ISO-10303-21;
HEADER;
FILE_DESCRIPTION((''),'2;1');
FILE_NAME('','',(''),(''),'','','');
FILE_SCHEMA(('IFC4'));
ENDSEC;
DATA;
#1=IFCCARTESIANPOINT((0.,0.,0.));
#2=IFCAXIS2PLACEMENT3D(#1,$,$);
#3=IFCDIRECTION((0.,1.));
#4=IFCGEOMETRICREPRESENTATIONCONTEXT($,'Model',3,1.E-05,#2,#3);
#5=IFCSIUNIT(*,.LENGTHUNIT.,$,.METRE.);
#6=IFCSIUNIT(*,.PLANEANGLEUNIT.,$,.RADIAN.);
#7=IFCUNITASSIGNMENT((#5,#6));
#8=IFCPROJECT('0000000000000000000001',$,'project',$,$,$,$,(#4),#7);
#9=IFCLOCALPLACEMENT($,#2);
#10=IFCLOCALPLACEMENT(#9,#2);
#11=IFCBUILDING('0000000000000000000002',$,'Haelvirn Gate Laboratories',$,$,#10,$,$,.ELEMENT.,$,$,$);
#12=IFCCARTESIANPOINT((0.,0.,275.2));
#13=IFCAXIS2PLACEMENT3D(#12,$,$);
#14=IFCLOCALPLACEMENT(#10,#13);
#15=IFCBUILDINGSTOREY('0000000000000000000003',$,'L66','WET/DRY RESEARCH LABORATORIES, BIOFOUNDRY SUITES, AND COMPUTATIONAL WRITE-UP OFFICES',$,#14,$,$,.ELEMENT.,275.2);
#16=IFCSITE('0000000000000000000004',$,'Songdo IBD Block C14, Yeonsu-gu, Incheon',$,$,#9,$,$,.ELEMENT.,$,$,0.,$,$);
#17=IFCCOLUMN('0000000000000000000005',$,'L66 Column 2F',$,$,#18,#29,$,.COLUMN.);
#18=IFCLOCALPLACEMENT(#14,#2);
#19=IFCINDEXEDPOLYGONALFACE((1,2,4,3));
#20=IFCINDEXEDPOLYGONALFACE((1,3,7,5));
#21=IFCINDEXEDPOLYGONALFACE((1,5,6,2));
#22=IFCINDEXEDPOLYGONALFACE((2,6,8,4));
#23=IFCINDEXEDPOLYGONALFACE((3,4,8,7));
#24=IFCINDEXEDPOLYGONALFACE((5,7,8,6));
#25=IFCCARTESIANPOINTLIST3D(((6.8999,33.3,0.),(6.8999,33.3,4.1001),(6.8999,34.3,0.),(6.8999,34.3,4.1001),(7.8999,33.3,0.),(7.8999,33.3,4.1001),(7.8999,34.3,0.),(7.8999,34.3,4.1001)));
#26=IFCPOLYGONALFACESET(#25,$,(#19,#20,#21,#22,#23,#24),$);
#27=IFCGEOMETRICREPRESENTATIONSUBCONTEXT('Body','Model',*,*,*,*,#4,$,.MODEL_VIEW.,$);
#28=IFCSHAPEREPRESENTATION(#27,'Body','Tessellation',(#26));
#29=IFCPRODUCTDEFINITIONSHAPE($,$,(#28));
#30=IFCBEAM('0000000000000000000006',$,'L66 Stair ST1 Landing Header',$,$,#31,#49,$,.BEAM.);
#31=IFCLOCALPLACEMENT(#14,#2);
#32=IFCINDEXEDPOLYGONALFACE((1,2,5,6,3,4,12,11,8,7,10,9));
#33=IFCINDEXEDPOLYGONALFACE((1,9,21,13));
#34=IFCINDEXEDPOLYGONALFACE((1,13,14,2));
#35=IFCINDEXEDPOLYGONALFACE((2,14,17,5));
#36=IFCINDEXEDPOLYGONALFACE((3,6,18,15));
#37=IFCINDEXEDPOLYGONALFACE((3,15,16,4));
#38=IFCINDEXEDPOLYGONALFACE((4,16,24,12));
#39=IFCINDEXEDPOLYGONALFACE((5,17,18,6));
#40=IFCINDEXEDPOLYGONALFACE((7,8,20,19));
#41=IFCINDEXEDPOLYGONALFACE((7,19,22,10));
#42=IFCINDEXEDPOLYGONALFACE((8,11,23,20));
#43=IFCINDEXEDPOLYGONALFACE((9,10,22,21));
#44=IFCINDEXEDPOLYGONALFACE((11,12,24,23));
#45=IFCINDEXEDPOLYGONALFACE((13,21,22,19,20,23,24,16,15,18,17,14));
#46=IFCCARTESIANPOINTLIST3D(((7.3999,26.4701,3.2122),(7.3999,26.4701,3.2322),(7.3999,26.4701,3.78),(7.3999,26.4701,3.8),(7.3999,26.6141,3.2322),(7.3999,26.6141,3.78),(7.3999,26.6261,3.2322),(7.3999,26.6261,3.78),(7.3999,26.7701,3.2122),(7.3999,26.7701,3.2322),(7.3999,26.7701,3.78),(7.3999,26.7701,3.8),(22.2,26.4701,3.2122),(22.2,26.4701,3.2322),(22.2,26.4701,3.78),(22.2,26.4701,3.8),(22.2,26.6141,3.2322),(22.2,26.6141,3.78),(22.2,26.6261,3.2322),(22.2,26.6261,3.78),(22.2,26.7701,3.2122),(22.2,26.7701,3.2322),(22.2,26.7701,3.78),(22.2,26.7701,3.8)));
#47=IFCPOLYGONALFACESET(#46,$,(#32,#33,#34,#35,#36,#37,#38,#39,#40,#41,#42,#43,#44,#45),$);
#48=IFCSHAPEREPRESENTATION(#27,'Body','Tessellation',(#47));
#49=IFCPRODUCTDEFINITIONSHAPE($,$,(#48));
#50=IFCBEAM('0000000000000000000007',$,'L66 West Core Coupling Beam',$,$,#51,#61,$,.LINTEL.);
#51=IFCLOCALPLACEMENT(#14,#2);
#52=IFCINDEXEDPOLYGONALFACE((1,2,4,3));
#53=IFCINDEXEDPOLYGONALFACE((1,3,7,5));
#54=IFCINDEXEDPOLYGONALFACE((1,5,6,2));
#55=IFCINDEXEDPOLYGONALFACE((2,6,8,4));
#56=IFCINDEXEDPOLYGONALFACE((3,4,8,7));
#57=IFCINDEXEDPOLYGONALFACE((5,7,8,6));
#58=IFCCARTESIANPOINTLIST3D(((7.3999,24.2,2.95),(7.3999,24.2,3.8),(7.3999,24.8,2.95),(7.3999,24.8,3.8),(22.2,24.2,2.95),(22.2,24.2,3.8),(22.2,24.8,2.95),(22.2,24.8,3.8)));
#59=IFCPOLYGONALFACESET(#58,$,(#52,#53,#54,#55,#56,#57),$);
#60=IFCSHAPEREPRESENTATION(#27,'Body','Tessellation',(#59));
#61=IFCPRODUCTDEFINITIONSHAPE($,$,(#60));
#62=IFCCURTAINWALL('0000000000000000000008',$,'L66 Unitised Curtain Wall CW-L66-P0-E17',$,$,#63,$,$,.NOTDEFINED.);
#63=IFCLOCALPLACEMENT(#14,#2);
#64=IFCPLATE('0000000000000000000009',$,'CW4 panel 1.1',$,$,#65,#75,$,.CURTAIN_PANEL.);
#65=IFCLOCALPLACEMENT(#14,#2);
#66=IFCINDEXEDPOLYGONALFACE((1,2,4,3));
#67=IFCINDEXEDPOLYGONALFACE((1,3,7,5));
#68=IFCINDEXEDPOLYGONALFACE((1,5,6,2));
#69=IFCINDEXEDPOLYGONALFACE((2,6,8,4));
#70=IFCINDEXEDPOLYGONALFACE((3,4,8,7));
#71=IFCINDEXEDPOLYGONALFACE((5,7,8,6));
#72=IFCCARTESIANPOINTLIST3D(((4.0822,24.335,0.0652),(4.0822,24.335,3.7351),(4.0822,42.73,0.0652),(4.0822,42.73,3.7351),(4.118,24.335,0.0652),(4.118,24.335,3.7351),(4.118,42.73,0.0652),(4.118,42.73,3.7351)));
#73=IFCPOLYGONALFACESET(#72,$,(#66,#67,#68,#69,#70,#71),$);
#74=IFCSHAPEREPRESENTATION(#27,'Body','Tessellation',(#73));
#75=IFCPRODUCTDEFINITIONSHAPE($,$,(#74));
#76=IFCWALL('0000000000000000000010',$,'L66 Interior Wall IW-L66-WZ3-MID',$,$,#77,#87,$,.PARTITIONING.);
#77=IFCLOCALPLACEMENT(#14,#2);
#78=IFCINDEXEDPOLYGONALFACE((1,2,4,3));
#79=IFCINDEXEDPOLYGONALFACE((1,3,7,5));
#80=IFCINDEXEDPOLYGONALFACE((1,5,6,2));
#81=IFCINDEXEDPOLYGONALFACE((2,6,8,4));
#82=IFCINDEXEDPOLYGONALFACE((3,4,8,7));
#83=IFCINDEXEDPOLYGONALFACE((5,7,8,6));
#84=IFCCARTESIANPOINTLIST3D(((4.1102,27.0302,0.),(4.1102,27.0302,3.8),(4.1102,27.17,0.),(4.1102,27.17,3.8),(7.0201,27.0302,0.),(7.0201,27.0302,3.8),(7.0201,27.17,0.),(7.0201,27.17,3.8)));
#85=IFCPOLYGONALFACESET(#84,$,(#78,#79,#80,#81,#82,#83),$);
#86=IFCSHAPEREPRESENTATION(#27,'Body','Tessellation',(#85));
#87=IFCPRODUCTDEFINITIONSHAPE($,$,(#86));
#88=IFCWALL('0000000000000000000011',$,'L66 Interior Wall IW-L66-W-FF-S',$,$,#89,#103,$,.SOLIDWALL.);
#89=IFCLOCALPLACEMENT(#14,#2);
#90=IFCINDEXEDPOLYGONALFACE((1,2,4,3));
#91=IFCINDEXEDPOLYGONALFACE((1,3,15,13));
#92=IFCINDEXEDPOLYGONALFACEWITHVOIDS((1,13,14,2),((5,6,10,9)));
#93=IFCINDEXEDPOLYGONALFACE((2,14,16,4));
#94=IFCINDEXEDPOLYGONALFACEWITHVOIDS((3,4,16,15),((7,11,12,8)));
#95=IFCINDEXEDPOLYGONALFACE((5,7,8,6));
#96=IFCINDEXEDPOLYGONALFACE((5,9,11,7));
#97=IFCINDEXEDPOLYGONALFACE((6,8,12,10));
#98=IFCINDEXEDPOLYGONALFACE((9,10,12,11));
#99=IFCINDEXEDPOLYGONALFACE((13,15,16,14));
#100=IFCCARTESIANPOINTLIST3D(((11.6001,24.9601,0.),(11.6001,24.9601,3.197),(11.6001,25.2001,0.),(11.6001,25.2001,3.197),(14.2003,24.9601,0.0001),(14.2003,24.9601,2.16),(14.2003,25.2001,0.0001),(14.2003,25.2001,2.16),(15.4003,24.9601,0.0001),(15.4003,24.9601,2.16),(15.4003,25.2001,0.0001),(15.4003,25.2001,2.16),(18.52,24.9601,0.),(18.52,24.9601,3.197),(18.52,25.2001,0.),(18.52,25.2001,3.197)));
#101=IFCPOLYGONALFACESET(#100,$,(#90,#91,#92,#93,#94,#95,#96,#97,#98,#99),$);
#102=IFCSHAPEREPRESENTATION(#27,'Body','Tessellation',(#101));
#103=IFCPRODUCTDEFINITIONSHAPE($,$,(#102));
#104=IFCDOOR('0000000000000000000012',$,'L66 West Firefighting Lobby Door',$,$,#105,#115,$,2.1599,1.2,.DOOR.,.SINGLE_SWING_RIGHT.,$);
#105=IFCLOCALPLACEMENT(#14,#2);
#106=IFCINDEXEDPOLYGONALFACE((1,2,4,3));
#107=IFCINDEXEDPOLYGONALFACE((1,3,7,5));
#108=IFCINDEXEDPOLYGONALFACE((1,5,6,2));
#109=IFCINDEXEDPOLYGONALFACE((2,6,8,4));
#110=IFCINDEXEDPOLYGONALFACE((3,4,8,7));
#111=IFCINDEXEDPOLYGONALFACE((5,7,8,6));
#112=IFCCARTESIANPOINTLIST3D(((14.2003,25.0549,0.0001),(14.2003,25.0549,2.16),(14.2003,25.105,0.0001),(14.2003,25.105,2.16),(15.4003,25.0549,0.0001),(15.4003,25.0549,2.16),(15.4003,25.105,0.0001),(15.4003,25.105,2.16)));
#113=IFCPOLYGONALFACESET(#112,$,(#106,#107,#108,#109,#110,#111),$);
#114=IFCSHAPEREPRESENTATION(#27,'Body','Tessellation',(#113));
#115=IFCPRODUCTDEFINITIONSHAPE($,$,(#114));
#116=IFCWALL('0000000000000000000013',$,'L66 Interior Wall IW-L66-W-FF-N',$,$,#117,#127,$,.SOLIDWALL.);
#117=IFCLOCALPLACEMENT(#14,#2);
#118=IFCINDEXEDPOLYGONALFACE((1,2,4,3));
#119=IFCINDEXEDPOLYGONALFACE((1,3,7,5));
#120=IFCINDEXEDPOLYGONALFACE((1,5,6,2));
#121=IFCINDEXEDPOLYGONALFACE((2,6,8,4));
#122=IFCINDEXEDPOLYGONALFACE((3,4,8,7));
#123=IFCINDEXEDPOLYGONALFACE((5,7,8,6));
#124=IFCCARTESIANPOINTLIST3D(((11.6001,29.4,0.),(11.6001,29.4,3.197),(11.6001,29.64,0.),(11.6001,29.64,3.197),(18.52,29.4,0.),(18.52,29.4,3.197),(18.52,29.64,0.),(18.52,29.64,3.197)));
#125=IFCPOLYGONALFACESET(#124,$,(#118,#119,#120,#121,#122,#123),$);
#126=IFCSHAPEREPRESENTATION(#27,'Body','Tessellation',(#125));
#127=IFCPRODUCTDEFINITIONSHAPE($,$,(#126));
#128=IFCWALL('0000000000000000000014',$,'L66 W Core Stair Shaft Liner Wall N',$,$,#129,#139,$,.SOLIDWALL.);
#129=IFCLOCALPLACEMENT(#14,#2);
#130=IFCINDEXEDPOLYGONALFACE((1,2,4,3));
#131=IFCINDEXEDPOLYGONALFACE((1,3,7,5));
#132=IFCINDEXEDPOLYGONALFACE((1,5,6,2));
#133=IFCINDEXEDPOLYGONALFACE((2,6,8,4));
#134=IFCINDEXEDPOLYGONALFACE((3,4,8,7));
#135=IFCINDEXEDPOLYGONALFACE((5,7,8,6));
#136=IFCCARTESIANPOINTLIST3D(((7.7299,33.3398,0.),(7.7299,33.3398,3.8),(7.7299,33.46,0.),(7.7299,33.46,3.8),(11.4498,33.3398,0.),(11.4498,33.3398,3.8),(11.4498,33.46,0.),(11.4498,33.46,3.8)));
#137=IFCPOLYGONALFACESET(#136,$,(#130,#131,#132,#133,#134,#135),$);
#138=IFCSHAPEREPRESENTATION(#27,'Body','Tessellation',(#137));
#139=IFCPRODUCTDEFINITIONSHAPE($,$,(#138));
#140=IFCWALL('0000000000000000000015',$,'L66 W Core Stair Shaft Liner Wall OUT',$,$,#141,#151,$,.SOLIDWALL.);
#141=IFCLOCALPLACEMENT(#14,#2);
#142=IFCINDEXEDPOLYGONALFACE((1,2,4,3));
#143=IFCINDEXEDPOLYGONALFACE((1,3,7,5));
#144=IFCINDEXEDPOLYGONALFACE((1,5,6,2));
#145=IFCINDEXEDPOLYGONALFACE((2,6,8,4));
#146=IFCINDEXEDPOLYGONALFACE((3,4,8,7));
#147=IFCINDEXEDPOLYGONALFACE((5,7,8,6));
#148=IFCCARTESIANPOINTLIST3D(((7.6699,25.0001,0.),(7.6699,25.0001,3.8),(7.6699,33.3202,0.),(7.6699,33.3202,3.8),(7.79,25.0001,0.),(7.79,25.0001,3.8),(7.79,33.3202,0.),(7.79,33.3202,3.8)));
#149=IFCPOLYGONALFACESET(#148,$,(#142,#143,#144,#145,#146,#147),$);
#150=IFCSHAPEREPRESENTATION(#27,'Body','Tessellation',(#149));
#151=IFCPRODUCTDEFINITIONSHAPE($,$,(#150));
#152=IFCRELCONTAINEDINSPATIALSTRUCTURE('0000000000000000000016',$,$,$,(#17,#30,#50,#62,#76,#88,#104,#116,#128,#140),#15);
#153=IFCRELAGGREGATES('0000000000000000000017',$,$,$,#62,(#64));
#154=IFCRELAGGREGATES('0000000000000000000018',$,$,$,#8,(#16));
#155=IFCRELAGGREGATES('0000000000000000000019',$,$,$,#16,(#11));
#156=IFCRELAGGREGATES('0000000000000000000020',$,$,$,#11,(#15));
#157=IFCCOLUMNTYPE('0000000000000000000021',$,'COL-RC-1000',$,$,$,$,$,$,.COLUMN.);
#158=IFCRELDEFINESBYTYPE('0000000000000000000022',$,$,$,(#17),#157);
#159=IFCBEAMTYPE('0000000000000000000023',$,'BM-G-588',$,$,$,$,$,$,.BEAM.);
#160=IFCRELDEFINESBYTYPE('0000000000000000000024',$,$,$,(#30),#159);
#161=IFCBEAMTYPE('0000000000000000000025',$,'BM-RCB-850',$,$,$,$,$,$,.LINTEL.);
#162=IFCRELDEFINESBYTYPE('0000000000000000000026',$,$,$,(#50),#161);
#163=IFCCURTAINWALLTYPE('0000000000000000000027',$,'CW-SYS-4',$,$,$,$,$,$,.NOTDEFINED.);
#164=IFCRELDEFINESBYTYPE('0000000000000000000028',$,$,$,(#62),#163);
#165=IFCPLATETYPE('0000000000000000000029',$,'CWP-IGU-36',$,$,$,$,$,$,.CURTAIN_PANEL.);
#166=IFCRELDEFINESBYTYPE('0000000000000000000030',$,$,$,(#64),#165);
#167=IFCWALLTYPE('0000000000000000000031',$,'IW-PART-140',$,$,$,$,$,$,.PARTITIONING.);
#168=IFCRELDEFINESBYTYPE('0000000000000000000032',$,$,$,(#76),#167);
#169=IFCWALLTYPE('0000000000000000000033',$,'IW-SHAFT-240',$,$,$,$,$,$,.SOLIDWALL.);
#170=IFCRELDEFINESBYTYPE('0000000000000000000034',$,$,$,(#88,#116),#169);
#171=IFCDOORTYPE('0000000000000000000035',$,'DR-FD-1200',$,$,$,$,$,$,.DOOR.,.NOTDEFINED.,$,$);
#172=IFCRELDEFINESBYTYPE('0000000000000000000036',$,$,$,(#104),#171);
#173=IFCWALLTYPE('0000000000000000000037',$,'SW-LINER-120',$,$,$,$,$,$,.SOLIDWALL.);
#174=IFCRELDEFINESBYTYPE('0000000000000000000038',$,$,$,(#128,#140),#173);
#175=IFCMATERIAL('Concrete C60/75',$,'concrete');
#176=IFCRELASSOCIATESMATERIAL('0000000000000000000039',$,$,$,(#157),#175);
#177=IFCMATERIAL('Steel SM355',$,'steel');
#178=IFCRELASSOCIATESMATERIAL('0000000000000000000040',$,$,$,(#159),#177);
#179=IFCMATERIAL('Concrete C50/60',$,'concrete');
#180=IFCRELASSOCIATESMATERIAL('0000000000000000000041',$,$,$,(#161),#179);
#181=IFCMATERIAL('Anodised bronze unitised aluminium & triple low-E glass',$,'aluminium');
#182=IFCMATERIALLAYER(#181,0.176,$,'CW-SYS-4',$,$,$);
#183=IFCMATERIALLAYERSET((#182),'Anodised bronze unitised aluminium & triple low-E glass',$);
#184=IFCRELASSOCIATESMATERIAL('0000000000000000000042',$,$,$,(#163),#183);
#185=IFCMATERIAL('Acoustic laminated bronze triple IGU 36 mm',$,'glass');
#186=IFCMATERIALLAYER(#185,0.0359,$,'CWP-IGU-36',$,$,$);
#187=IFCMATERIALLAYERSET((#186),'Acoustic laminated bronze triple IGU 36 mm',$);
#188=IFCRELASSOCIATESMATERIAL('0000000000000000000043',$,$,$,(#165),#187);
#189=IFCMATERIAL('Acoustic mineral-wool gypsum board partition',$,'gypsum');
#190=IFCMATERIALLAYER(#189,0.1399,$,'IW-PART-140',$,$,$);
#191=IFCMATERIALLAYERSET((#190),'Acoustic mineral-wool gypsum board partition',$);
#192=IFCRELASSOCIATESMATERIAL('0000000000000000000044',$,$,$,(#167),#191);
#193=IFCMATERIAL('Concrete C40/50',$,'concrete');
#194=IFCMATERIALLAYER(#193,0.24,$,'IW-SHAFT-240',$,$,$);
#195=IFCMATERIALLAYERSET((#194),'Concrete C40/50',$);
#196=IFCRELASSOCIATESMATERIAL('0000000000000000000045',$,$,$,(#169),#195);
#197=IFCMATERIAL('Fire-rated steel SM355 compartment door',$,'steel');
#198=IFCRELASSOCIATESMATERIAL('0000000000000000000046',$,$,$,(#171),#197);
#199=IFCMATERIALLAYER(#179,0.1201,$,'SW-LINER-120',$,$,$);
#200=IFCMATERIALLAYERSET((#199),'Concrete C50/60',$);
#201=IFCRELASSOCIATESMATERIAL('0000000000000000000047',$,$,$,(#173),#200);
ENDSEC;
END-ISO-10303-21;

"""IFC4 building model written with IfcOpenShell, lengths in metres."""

from ifc_helpers import new_model, si_unit, direction, frame, frame_2d, origin, origin_2d, place, context, subcontext, project, spatial, rectangle, i_section, extrude, source, transform, mapped, material, layer, layer_set, material_profile, profile_set, type_object, type_shapes, element, fill, aggregate, save


model = new_model("IFC4")

# Units and contexts
model_context = context("Model", 3, precision=1e-05, world=origin(), true_north=direction((0.0, 1.0)))
body_context = subcontext(model_context, "Body", "Model", "MODEL_VIEW")
ifc_project = project(units=[si_unit("LENGTHUNIT", "METRE"), si_unit("PLANEANGLEUNIT", "RADIAN")], contexts=[model_context])

# Site, building, storey
site_placement = place(None, origin())
site = spatial("IfcSite", under=ifc_project, at=site_placement, Name="Songdo IBD Block C14, Yeonsu-gu, Incheon", CompositionType="ELEMENT", RefElevation=0.0)
building_placement = place(site_placement, origin())
building = spatial("IfcBuilding", under=site, at=building_placement, Name="Haelvirn Gate Laboratories", CompositionType="ELEMENT")
storey_placement = place(building_placement, frame((0.0, 0.0, 275.2)))
storey = spatial("IfcBuildingStorey", under=building, at=storey_placement, Name="L66", Description="WET/DRY RESEARCH LABORATORIES, BIOFOUNDRY SUITES, AND COMPUTATIONAL WRITE-UP OFFICES", CompositionType="ELEMENT", Elevation=275.2)

# Column
ifc_material_1 = material(Name="Concrete C60/75", Category="concrete")
ifc_material_profile_1 = material_profile(ifc_material_1, rectangle(XDim=1.0, YDim=1.0, at=origin_2d()), Name="RC-1000x1000")
ifc_profile_set_1 = profile_set([ifc_material_profile_1], Name="Concrete C60/75")
column_type = type_object("IfcColumnType", Name="COL-RC-1000", PredefinedType="COLUMN", material=ifc_profile_set_1)
shared_shape_1 = source(origin(), body_context, "Body", "SweptSolid", [
    extrude(rectangle(XDim=1.0, YDim=1.0, at=origin_2d()), origin(), (0.0, 0.0, 1.0), 4.1001),
])
type_shapes(column_type, [shared_shape_1])
column_placement = place(storey_placement, frame((7.3999, 33.8, 0.0), z_axis=(0.0, 0.0, 1.0), x_axis=(1.0, 0.0, 0.0)))
element("IfcColumn", 1, at=column_placement, inside=storey, type_object=column_type, Name="L66 Column 2F", PredefinedType="COLUMN", context=body_context, shape_type="MappedRepresentation", body=[
    mapped(shared_shape_1, transform((0.0, 0.0, 0.0), scale=1.0)),
])

# Beams
ifc_material_2 = material(Name="Steel SM355", Category="steel")
ifc_material_profile_2 = material_profile(ifc_material_2, i_section(OverallWidth=0.3, OverallDepth=0.5879, WebThickness=0.012, FlangeThickness=0.02, at=origin_2d()), Name="H-588x300x12x20")
ifc_profile_set_2 = profile_set([ifc_material_profile_2], Name="Steel SM355")
beam_type_1 = type_object("IfcBeamType", Name="BM-G-588", PredefinedType="BEAM", material=ifc_profile_set_2)
shared_shape_2 = source(origin(), body_context, "Body", "SweptSolid", [
    extrude(i_section(OverallWidth=0.3, OverallDepth=0.5879, WebThickness=0.012, FlangeThickness=0.02, at=origin_2d()), origin(), (0.0, 0.0, 1.0), 14.8),
])
type_shapes(beam_type_1, [shared_shape_2])
beam_1_placement = place(storey_placement, frame((7.3999, 26.6201, 3.5061), z_axis=(1.0, 0.0, 0.0), x_axis=(0.0, 1.0, 0.0)))
element("IfcBeam", 2, at=beam_1_placement, inside=storey, type_object=beam_type_1, Name="L66 Stair ST1 Landing Header", PredefinedType="BEAM", context=body_context, shape_type="MappedRepresentation", body=[
    mapped(shared_shape_2, transform((0.0, 0.0, 0.0), scale=1.0)),
])
ifc_material_3 = material(Name="Concrete C50/60", Category="concrete")
ifc_material_profile_3 = material_profile(ifc_material_3, rectangle(XDim=0.6001, YDim=0.8501, at=origin_2d()), Name="RCB-600x850")
ifc_profile_set_3 = profile_set([ifc_material_profile_3], Name="Concrete C50/60")
beam_type_2 = type_object("IfcBeamType", Name="BM-RCB-850", PredefinedType="LINTEL", material=ifc_profile_set_3)
shared_shape_3 = source(origin(), body_context, "Body", "SweptSolid", [
    extrude(rectangle(XDim=0.6001, YDim=0.8501, at=origin_2d()), origin(), (0.0, 0.0, 1.0), 14.8),
])
type_shapes(beam_type_2, [shared_shape_3])
beam_2_placement = place(storey_placement, frame((7.3999, 24.5, 3.375), z_axis=(1.0, 0.0, 0.0), x_axis=(0.0, 1.0, 0.0)))
element("IfcBeam", 3, at=beam_2_placement, inside=storey, type_object=beam_type_2, Name="L66 West Core Coupling Beam", PredefinedType="LINTEL", context=body_context, shape_type="MappedRepresentation", body=[
    mapped(shared_shape_3, transform((0.0, 0.0, 0.0), scale=1.0)),
])

# Curtain wall, plate
ifc_material_4 = material(Name="Anodised bronze unitised aluminium & triple low-E glass", Category="aluminium")
ifc_layer_1 = layer(ifc_material_4, 0.176, Name="CW-SYS-4")
ifc_layer_set_1 = layer_set([ifc_layer_1], Name="Anodised bronze unitised aluminium & triple low-E glass")
curtain_wall_type = type_object("IfcCurtainWallType", Name="CW-SYS-4", PredefinedType="NOTDEFINED", material=ifc_layer_set_1)
curtain_wall_placement = place(storey_placement, origin())
curtain_wall = element("IfcCurtainWall", 4, at=curtain_wall_placement, inside=storey, type_object=curtain_wall_type, Name="L66 Unitised Curtain Wall CW-L66-P0-E17", PredefinedType="NOTDEFINED")
ifc_material_5 = material(Name="Acoustic laminated bronze triple IGU 36 mm", Category="glass")
ifc_layer_2 = layer(ifc_material_5, 0.0359, Name="CWP-IGU-36")
ifc_layer_set_2 = layer_set([ifc_layer_2], Name="Acoustic laminated bronze triple IGU 36 mm")
plate_type = type_object("IfcPlateType", Name="CWP-IGU-36", PredefinedType="CURTAIN_PANEL", material=ifc_layer_set_2)
shared_shape_4 = source(origin(), body_context, "Body", "SweptSolid", [
    extrude(rectangle(XDim=18.395, YDim=0.0359, at=origin_2d()), origin(), (0.0, 0.0, 1.0), 3.6699),
])
type_shapes(plate_type, [shared_shape_4])
plate_placement = place(storey_placement, frame((4.1001, 33.5325, 0.0652), z_axis=(0.0, 0.0, 1.0), x_axis=(0.0, -1.0, 0.0)))
plate = element("IfcPlate", 5, at=plate_placement, type_object=plate_type, Name="CW4 panel 1.1", PredefinedType="CURTAIN_PANEL", context=body_context, shape_type="MappedRepresentation", body=[
    mapped(shared_shape_4, transform((0.0, 0.0, 0.0), scale=1.0)),
])
aggregate(curtain_wall, [plate])

# Wall
ifc_material_6 = material(Name="Acoustic mineral-wool gypsum board partition", Category="gypsum")
ifc_layer_3 = layer(ifc_material_6, 0.1399, Name="IW-PART-140")
ifc_layer_set_3 = layer_set([ifc_layer_3], Name="Acoustic mineral-wool gypsum board partition")
wall_type_1 = type_object("IfcWallType", Name="IW-PART-140", PredefinedType="PARTITIONING", material=ifc_layer_set_3)
wall_1_placement = place(storey_placement, frame((4.1101, 27.1001, 0.0), z_axis=(0.0, 0.0, 1.0), x_axis=(1.0, 0.0, 0.0)))
element("IfcWall", 6, at=wall_1_placement, inside=storey, type_object=wall_type_1, Name="L66 Interior Wall IW-L66-WZ3-MID", PredefinedType="PARTITIONING", context=body_context, shape_type="SweptSolid", body=[
    extrude(rectangle(XDim=2.9099, YDim=0.1399, at=frame_2d((1.4551, 0.0))), origin(), (0.0, 0.0, 1.0), 3.8),
])

# Wall, opening, door
ifc_material_7 = material(Name="Concrete C40/50", Category="concrete")
ifc_layer_4 = layer(ifc_material_7, 0.24, Name="IW-SHAFT-240")
ifc_layer_set_4 = layer_set([ifc_layer_4], Name="Concrete C40/50")
wall_type_2 = type_object("IfcWallType", Name="IW-SHAFT-240", PredefinedType="SOLIDWALL", material=ifc_layer_set_4)
wall_2_placement = place(storey_placement, frame((11.6001, 25.0801, 0.0), z_axis=(0.0, 0.0, 1.0), x_axis=(1.0, 0.0, 0.0)))
wall_2 = element("IfcWall", 7, at=wall_2_placement, inside=storey, type_object=wall_type_2, Name="L66 Interior Wall IW-L66-W-FF-S", PredefinedType="SOLIDWALL", context=body_context, shape_type="SweptSolid", body=[
    extrude(rectangle(XDim=6.9199, YDim=0.24, at=frame_2d((3.46, 0.0))), origin(), (0.0, 0.0, 1.0), 3.197),
])
opening_1_placement = place(wall_2_placement, frame((2.6001, 0.0, 0.0)))
opening_1 = element("IfcOpeningElement", 8, at=opening_1_placement, cuts=wall_2, PredefinedType="OPENING", context=body_context, shape_type="SweptSolid", body=[
    extrude(rectangle(XDim=1.2, YDim=2.1599, at=frame_2d((0.6001, 1.0801))), frame((0.0, 0.1299, 0.0), z_axis=(0.0, -1.0, 0.0), x_axis=(1.0, 0.0, 0.0)), (0.0, 0.0, 1.0), 0.26),
])
ifc_material_8 = material(Name="Fire-rated steel SM355 compartment door", Category="steel")
door_type_1 = type_object("IfcDoorType", Name="DR-FD-1200", OperationType="NOTDEFINED", PredefinedType="DOOR", material=ifc_material_8)
shared_shape_5 = source(origin(), body_context, "Body", "SweptSolid", [
    extrude(rectangle(XDim=1.2, YDim=2.1599, at=frame_2d((0.6001, 1.0801))), frame((0.0, 0.0249, 0.0), z_axis=(0.0, -1.0, 0.0), x_axis=(1.0, 0.0, 0.0)), (0.0, 0.0, 1.0), 0.05),
])
type_shapes(door_type_1, [shared_shape_5])
door_1_placement = place(opening_1_placement, origin())
door_1 = element("IfcDoor", 9, at=door_1_placement, inside=storey, type_object=door_type_1, Name="L66 West Firefighting Lobby Door", OperationType="SINGLE_SWING_RIGHT", OverallHeight=2.1599, OverallWidth=1.2, PredefinedType="DOOR", context=body_context, shape_type="MappedRepresentation", body=[
    mapped(shared_shape_5, transform((0.0, 0.0, 0.0), scale=1.0)),
])
fill(opening_1, door_1)

# Wall
wall_3_placement = place(storey_placement, frame((11.6001, 29.52, 0.0), z_axis=(0.0, 0.0, 1.0), x_axis=(1.0, 0.0, 0.0)))
element("IfcWall", 10, at=wall_3_placement, inside=storey, type_object=wall_type_2, Name="L66 Interior Wall IW-L66-W-FF-N", PredefinedType="SOLIDWALL", context=body_context, shape_type="SweptSolid", body=[
    extrude(rectangle(XDim=6.9199, YDim=0.24, at=frame_2d((3.46, 0.0))), origin(), (0.0, 0.0, 1.0), 3.197),
])

# Walls
ifc_layer_5 = layer(ifc_material_3, 0.1201, Name="SW-LINER-120")
ifc_layer_set_5 = layer_set([ifc_layer_5], Name="Concrete C50/60")
wall_type_3 = type_object("IfcWallType", Name="SW-LINER-120", PredefinedType="SOLIDWALL", material=ifc_layer_set_5)
wall_4_placement = place(storey_placement, frame((7.73, 33.3999, 0.0), z_axis=(0.0, 0.0, 1.0), x_axis=(1.0, 0.0, 0.0)))
element("IfcWall", 11, at=wall_4_placement, inside=storey, type_object=wall_type_3, Name="L66 W Core Stair Shaft Liner Wall N", PredefinedType="SOLIDWALL", context=body_context, shape_type="SweptSolid", body=[
    extrude(rectangle(XDim=3.72, YDim=0.1201, at=frame_2d((1.8599, 0.0))), origin(), (0.0, 0.0, 1.0), 3.8),
])
wall_5_placement = place(storey_placement, frame((7.73, 25.0, 0.0), z_axis=(0.0, 0.0, 1.0), x_axis=(0.0, 1.0, 0.0)))
element("IfcWall", 12, at=wall_5_placement, inside=storey, type_object=wall_type_3, Name="L66 W Core Stair Shaft Liner Wall OUT", PredefinedType="SOLIDWALL", context=body_context, shape_type="SweptSolid", body=[
    extrude(rectangle(XDim=8.3201, YDim=0.1201, at=frame_2d((4.1602, 0.0))), origin(), (0.0, 0.0, 1.0), 3.8),
])

save(model, "model.ifc")
